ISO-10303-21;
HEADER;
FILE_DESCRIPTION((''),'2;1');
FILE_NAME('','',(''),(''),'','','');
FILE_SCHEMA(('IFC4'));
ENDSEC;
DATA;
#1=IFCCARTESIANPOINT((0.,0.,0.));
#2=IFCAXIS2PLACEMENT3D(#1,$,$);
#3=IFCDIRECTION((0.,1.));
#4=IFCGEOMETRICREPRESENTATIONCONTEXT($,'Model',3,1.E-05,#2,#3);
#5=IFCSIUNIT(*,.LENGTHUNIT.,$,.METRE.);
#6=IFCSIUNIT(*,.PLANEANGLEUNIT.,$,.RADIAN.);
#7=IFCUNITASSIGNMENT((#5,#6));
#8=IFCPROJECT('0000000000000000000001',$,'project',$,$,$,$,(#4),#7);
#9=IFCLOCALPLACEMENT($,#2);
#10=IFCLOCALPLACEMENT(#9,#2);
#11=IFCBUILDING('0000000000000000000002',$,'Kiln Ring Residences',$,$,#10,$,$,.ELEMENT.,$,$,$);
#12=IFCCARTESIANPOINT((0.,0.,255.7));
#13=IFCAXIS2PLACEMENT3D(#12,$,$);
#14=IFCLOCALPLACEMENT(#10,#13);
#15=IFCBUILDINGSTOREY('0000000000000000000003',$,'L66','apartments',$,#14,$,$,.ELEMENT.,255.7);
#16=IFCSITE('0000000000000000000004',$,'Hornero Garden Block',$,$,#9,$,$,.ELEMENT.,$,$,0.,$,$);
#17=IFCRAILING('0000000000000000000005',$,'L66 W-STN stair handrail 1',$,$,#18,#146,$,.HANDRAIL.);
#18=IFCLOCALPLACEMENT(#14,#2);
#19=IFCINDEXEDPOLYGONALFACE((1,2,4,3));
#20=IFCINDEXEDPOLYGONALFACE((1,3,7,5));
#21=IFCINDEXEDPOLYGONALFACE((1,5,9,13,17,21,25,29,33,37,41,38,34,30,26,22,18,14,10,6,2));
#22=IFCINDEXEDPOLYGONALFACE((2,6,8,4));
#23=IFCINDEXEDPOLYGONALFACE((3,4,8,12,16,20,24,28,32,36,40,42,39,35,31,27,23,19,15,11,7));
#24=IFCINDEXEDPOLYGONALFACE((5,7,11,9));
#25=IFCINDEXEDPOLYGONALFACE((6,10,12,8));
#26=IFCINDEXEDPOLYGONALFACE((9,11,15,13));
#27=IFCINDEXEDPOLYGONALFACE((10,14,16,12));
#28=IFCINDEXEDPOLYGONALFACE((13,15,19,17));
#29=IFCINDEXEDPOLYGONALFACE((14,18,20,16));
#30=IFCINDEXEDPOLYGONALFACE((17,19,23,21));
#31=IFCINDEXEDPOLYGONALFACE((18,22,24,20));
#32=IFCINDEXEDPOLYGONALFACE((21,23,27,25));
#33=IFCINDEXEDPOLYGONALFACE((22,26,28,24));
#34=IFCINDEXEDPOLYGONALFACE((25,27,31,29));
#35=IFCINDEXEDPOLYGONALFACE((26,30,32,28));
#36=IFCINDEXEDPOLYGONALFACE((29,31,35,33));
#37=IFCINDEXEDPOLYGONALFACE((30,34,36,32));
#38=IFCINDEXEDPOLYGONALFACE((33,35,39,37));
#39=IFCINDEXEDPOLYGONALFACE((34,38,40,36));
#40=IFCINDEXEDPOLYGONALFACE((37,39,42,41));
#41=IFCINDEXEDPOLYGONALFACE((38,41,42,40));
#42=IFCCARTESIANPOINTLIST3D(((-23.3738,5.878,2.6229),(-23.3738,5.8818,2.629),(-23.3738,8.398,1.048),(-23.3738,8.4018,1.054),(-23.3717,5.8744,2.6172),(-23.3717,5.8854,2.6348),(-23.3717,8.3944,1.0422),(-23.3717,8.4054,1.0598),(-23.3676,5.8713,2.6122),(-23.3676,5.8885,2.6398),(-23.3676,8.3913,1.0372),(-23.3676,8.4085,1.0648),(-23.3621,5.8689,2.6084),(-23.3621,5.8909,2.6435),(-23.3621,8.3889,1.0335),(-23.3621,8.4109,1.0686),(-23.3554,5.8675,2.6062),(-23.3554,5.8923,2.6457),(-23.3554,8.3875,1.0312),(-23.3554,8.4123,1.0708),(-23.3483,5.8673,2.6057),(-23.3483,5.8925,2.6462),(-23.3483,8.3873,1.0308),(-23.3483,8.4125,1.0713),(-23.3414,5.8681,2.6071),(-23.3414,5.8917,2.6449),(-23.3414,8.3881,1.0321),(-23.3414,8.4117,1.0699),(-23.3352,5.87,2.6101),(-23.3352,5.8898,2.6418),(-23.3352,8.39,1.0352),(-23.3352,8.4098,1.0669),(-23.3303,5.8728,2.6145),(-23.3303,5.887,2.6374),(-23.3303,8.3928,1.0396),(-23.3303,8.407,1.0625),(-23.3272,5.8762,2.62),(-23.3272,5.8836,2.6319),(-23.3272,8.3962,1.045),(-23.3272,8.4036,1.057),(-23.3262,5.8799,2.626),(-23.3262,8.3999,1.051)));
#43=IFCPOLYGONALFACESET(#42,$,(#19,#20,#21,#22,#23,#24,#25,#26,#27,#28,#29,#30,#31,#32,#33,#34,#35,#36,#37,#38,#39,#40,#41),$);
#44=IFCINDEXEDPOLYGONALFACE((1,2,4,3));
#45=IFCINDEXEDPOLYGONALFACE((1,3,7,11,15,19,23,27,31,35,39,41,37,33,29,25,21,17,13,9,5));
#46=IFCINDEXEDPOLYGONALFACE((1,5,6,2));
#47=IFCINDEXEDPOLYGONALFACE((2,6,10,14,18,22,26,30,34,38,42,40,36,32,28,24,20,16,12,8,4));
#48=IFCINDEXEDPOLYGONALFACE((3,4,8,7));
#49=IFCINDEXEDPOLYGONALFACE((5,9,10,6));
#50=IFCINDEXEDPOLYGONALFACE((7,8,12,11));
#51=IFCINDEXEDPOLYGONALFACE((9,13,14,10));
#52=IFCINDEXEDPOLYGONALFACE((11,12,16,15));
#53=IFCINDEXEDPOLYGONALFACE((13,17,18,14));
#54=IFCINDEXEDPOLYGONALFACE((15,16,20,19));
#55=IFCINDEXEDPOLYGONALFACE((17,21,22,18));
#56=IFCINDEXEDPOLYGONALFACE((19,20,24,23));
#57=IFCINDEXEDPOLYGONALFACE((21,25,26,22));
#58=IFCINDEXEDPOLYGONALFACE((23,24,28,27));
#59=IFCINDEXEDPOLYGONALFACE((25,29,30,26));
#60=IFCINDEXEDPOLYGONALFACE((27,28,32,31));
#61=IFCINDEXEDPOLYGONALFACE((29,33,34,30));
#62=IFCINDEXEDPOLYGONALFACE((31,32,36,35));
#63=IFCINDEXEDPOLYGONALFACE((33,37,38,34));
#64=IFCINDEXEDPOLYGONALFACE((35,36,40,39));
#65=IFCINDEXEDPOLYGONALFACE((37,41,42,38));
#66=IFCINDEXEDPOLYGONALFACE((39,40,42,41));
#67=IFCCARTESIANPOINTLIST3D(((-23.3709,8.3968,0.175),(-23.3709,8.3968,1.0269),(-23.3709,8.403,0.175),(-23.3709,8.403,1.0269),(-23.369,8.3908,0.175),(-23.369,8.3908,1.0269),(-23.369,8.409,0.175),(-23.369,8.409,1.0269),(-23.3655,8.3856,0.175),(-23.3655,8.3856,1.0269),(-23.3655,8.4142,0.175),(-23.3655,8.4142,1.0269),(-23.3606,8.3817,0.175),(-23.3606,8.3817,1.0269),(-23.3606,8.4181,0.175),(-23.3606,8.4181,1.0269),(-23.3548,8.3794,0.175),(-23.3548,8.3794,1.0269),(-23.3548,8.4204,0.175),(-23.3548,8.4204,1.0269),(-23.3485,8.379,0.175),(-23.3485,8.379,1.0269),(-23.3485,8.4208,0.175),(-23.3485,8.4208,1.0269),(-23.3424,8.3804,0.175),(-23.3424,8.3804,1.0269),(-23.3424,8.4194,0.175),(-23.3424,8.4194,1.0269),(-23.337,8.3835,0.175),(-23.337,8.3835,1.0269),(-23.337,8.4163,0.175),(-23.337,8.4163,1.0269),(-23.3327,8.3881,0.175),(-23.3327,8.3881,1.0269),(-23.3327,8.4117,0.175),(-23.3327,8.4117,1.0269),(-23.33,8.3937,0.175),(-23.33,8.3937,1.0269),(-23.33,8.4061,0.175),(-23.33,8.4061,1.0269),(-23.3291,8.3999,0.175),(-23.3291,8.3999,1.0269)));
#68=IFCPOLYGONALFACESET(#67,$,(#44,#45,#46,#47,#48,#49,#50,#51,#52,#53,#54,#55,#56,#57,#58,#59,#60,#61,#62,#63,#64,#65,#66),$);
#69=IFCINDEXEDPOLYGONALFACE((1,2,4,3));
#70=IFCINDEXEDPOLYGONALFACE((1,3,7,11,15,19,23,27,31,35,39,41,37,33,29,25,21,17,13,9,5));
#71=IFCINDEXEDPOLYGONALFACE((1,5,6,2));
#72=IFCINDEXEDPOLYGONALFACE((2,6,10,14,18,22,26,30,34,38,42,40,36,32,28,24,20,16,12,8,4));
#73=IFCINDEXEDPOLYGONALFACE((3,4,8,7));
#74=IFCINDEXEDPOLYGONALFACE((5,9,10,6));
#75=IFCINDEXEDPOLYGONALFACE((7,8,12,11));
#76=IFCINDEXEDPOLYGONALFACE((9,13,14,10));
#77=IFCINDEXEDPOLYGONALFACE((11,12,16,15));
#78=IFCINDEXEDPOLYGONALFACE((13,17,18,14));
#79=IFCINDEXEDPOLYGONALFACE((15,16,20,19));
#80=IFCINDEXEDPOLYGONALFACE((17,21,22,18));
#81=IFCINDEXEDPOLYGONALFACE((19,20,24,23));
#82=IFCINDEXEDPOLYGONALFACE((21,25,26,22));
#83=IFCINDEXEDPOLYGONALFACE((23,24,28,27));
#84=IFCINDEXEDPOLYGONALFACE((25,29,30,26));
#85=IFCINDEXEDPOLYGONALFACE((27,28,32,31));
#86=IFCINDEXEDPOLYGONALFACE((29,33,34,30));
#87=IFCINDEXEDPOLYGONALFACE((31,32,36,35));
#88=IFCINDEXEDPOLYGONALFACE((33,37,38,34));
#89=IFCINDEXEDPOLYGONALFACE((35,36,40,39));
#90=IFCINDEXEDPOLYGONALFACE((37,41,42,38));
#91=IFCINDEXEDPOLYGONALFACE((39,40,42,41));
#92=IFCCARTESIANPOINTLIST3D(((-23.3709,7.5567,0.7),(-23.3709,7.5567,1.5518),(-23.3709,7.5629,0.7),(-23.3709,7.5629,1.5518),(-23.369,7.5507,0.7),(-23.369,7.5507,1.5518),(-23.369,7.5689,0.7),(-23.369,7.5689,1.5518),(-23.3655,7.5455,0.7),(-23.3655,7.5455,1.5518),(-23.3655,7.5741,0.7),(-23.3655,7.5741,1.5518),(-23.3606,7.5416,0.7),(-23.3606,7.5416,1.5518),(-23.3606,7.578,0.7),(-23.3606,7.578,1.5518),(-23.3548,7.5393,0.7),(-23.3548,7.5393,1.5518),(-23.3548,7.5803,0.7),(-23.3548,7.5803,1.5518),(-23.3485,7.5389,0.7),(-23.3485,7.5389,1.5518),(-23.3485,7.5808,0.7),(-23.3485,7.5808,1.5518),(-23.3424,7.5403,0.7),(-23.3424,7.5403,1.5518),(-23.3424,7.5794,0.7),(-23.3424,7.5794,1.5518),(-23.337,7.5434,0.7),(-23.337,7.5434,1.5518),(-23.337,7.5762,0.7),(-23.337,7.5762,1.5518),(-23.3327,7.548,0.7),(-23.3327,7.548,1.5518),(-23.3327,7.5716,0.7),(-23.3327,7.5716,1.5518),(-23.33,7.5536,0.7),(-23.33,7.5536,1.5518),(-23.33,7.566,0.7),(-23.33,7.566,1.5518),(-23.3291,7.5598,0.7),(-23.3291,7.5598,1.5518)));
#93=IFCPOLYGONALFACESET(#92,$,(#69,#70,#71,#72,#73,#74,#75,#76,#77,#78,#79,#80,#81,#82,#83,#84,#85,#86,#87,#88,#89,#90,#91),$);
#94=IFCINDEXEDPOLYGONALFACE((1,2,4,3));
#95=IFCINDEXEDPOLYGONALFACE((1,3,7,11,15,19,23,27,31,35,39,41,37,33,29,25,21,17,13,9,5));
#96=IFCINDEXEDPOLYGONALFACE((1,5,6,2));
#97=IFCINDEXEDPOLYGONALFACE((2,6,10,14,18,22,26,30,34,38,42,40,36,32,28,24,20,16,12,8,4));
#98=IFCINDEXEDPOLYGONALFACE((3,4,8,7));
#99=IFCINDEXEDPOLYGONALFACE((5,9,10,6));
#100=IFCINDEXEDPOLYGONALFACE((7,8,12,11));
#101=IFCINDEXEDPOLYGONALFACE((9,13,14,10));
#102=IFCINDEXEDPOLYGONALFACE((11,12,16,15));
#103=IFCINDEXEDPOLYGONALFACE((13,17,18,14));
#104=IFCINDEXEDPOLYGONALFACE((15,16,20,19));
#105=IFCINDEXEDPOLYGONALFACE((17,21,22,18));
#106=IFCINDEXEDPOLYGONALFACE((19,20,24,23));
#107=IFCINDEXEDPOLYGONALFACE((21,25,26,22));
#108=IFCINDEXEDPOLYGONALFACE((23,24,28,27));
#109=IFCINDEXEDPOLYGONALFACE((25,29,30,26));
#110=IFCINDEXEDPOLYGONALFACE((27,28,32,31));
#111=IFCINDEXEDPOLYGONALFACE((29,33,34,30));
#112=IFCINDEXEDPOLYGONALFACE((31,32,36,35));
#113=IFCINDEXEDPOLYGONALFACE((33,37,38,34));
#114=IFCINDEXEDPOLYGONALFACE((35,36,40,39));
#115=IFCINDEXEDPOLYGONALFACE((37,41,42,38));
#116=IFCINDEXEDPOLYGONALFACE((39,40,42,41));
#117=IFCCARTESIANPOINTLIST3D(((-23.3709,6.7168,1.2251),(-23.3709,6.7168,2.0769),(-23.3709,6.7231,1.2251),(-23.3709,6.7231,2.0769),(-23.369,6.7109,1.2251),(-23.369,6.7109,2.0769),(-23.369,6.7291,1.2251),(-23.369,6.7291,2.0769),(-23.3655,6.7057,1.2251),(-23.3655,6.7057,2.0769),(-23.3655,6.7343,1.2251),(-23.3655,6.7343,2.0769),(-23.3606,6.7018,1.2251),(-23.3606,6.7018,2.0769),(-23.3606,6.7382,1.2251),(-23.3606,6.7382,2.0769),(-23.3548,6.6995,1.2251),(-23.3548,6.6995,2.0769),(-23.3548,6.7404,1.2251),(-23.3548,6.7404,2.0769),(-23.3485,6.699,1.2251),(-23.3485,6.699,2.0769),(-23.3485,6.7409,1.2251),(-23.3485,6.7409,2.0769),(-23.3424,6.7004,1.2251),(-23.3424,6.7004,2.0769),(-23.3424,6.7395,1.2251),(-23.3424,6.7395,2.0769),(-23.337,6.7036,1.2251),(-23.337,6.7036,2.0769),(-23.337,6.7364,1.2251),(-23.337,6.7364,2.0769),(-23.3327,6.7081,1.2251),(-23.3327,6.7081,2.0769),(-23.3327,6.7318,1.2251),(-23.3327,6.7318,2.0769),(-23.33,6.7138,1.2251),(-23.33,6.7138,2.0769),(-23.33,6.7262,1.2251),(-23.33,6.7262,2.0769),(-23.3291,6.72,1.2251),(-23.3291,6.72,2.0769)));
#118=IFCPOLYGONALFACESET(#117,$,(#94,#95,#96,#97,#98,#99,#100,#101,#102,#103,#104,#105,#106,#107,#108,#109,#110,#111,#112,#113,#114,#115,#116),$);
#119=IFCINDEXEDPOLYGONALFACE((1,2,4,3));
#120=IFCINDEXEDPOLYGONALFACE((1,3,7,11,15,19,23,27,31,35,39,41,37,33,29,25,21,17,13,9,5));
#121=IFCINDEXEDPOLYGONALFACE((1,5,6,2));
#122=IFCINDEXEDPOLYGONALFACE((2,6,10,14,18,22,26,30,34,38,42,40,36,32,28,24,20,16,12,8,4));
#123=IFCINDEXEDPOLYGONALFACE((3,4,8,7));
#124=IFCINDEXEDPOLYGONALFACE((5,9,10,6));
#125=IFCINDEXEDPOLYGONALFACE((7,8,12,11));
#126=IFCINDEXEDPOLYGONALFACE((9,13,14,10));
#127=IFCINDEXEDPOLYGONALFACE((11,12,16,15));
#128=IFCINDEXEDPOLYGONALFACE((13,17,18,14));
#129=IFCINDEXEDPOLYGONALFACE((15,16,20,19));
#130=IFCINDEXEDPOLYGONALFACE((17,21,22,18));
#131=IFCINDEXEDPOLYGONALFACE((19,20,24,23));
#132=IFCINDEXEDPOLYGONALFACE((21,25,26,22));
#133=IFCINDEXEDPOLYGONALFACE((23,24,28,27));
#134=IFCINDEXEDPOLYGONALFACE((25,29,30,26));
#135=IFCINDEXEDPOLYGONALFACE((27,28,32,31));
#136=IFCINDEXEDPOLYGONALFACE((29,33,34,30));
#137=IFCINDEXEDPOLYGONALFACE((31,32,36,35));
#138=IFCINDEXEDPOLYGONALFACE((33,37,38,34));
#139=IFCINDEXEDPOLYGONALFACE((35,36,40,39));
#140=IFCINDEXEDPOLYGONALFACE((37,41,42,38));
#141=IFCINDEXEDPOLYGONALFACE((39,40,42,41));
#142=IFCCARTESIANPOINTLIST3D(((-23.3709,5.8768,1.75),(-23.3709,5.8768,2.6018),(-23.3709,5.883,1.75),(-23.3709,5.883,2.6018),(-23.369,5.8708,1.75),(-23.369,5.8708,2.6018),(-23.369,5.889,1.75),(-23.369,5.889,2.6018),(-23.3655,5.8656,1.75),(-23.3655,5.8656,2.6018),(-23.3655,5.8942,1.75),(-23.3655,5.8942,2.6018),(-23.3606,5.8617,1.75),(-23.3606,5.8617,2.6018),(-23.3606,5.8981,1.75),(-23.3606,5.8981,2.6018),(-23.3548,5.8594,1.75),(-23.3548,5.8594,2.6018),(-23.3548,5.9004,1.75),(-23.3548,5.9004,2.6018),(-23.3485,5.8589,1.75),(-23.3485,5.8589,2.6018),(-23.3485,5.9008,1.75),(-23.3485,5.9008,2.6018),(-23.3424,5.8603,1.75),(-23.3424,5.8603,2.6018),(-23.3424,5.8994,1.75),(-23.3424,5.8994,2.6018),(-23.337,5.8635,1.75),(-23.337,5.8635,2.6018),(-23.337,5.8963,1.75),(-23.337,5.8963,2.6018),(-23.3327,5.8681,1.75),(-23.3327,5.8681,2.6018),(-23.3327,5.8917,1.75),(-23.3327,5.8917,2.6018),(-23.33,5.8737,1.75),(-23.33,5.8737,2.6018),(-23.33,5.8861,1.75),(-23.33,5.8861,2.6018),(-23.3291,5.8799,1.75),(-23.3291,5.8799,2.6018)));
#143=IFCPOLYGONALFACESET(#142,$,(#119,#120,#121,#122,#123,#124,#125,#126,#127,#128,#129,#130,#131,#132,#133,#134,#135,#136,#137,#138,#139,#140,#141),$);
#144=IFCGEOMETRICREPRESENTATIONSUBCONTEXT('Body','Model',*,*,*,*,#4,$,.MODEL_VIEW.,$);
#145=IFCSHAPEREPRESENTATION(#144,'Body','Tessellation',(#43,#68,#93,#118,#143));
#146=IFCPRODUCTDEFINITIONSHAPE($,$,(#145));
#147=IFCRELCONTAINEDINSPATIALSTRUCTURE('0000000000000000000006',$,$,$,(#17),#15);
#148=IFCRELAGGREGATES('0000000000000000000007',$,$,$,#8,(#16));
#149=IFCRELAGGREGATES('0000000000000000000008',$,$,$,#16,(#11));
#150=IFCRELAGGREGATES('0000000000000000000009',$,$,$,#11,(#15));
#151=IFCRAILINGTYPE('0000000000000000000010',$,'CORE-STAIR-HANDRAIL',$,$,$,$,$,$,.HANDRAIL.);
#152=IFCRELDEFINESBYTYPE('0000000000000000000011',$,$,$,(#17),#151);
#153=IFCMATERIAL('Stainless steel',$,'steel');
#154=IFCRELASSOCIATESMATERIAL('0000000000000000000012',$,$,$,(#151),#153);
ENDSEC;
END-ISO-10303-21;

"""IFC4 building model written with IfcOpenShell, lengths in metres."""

from ifc_helpers import new_model, si_unit, direction, frame, origin, origin_2d, place, context, subcontext, project, spatial, circle, extrude, material, type_object, element, save


model = new_model("IFC4")

# Units and contexts
model_context = context("Model", 3, precision=1e-05, world=origin(), true_north=direction((0.0, 1.0)))
body_context = subcontext(model_context, "Body", "Model", "MODEL_VIEW")
ifc_project = project(units=[si_unit("LENGTHUNIT", "METRE"), si_unit("PLANEANGLEUNIT", "RADIAN")], contexts=[model_context])

# Site, building, storey
site_placement = place(None, origin())
site = spatial("IfcSite", under=ifc_project, at=site_placement, Name="Hornero Garden Block", CompositionType="ELEMENT", RefElevation=0.0)
building_placement = place(site_placement, origin())
building = spatial("IfcBuilding", under=site, at=building_placement, Name="Kiln Ring Residences", CompositionType="ELEMENT")
storey_placement = place(building_placement, frame((0.0, 0.0, 255.7)))
storey = spatial("IfcBuildingStorey", under=building, at=storey_placement, Name="L66", Description="apartments", CompositionType="ELEMENT", Elevation=255.7)

# Railing
ifc_material_1 = material(Name="Stainless steel", Category="steel")
railing_type_1 = type_object("IfcRailingType", Name="CORE-STAIR-HANDRAIL", PredefinedType="HANDRAIL", material=ifc_material_1)
railing_1_placement = place(storey_placement, frame((-23.3501, 8.3999, 0.175)))
element("IfcRailing", 1, at=railing_1_placement, inside=storey, type_object=railing_type_1, Name="L66 W-STN stair handrail 1", PredefinedType="HANDRAIL", context=body_context, shape_type="SweptSolid", body=[
    extrude(circle(Radius=0.0239, at=origin_2d()), frame((0.0, 0.0, 0.876), z_axis=(0.0, -0.848008, 0.529984), x_axis=(1.0, 0.0, 0.0)), (0.0, 0.0, 1.0), 2.9717),
    extrude(circle(Radius=0.021, at=origin_2d()), origin(), (0.0, 0.0, 1.0), 0.8518),
    extrude(circle(Radius=0.021, at=origin_2d()), frame((0.0, -0.8401, 0.5249)), (0.0, 0.0, 1.0), 0.8518),
    extrude(circle(Radius=0.021, at=origin_2d()), frame((0.0, -1.6799, 1.05)), (0.0, 0.0, 1.0), 0.8518),
    extrude(circle(Radius=0.021, at=origin_2d()), frame((0.0, -2.52, 1.575)), (0.0, 0.0, 1.0), 0.8518),
])

save(model, "model.ifc")
